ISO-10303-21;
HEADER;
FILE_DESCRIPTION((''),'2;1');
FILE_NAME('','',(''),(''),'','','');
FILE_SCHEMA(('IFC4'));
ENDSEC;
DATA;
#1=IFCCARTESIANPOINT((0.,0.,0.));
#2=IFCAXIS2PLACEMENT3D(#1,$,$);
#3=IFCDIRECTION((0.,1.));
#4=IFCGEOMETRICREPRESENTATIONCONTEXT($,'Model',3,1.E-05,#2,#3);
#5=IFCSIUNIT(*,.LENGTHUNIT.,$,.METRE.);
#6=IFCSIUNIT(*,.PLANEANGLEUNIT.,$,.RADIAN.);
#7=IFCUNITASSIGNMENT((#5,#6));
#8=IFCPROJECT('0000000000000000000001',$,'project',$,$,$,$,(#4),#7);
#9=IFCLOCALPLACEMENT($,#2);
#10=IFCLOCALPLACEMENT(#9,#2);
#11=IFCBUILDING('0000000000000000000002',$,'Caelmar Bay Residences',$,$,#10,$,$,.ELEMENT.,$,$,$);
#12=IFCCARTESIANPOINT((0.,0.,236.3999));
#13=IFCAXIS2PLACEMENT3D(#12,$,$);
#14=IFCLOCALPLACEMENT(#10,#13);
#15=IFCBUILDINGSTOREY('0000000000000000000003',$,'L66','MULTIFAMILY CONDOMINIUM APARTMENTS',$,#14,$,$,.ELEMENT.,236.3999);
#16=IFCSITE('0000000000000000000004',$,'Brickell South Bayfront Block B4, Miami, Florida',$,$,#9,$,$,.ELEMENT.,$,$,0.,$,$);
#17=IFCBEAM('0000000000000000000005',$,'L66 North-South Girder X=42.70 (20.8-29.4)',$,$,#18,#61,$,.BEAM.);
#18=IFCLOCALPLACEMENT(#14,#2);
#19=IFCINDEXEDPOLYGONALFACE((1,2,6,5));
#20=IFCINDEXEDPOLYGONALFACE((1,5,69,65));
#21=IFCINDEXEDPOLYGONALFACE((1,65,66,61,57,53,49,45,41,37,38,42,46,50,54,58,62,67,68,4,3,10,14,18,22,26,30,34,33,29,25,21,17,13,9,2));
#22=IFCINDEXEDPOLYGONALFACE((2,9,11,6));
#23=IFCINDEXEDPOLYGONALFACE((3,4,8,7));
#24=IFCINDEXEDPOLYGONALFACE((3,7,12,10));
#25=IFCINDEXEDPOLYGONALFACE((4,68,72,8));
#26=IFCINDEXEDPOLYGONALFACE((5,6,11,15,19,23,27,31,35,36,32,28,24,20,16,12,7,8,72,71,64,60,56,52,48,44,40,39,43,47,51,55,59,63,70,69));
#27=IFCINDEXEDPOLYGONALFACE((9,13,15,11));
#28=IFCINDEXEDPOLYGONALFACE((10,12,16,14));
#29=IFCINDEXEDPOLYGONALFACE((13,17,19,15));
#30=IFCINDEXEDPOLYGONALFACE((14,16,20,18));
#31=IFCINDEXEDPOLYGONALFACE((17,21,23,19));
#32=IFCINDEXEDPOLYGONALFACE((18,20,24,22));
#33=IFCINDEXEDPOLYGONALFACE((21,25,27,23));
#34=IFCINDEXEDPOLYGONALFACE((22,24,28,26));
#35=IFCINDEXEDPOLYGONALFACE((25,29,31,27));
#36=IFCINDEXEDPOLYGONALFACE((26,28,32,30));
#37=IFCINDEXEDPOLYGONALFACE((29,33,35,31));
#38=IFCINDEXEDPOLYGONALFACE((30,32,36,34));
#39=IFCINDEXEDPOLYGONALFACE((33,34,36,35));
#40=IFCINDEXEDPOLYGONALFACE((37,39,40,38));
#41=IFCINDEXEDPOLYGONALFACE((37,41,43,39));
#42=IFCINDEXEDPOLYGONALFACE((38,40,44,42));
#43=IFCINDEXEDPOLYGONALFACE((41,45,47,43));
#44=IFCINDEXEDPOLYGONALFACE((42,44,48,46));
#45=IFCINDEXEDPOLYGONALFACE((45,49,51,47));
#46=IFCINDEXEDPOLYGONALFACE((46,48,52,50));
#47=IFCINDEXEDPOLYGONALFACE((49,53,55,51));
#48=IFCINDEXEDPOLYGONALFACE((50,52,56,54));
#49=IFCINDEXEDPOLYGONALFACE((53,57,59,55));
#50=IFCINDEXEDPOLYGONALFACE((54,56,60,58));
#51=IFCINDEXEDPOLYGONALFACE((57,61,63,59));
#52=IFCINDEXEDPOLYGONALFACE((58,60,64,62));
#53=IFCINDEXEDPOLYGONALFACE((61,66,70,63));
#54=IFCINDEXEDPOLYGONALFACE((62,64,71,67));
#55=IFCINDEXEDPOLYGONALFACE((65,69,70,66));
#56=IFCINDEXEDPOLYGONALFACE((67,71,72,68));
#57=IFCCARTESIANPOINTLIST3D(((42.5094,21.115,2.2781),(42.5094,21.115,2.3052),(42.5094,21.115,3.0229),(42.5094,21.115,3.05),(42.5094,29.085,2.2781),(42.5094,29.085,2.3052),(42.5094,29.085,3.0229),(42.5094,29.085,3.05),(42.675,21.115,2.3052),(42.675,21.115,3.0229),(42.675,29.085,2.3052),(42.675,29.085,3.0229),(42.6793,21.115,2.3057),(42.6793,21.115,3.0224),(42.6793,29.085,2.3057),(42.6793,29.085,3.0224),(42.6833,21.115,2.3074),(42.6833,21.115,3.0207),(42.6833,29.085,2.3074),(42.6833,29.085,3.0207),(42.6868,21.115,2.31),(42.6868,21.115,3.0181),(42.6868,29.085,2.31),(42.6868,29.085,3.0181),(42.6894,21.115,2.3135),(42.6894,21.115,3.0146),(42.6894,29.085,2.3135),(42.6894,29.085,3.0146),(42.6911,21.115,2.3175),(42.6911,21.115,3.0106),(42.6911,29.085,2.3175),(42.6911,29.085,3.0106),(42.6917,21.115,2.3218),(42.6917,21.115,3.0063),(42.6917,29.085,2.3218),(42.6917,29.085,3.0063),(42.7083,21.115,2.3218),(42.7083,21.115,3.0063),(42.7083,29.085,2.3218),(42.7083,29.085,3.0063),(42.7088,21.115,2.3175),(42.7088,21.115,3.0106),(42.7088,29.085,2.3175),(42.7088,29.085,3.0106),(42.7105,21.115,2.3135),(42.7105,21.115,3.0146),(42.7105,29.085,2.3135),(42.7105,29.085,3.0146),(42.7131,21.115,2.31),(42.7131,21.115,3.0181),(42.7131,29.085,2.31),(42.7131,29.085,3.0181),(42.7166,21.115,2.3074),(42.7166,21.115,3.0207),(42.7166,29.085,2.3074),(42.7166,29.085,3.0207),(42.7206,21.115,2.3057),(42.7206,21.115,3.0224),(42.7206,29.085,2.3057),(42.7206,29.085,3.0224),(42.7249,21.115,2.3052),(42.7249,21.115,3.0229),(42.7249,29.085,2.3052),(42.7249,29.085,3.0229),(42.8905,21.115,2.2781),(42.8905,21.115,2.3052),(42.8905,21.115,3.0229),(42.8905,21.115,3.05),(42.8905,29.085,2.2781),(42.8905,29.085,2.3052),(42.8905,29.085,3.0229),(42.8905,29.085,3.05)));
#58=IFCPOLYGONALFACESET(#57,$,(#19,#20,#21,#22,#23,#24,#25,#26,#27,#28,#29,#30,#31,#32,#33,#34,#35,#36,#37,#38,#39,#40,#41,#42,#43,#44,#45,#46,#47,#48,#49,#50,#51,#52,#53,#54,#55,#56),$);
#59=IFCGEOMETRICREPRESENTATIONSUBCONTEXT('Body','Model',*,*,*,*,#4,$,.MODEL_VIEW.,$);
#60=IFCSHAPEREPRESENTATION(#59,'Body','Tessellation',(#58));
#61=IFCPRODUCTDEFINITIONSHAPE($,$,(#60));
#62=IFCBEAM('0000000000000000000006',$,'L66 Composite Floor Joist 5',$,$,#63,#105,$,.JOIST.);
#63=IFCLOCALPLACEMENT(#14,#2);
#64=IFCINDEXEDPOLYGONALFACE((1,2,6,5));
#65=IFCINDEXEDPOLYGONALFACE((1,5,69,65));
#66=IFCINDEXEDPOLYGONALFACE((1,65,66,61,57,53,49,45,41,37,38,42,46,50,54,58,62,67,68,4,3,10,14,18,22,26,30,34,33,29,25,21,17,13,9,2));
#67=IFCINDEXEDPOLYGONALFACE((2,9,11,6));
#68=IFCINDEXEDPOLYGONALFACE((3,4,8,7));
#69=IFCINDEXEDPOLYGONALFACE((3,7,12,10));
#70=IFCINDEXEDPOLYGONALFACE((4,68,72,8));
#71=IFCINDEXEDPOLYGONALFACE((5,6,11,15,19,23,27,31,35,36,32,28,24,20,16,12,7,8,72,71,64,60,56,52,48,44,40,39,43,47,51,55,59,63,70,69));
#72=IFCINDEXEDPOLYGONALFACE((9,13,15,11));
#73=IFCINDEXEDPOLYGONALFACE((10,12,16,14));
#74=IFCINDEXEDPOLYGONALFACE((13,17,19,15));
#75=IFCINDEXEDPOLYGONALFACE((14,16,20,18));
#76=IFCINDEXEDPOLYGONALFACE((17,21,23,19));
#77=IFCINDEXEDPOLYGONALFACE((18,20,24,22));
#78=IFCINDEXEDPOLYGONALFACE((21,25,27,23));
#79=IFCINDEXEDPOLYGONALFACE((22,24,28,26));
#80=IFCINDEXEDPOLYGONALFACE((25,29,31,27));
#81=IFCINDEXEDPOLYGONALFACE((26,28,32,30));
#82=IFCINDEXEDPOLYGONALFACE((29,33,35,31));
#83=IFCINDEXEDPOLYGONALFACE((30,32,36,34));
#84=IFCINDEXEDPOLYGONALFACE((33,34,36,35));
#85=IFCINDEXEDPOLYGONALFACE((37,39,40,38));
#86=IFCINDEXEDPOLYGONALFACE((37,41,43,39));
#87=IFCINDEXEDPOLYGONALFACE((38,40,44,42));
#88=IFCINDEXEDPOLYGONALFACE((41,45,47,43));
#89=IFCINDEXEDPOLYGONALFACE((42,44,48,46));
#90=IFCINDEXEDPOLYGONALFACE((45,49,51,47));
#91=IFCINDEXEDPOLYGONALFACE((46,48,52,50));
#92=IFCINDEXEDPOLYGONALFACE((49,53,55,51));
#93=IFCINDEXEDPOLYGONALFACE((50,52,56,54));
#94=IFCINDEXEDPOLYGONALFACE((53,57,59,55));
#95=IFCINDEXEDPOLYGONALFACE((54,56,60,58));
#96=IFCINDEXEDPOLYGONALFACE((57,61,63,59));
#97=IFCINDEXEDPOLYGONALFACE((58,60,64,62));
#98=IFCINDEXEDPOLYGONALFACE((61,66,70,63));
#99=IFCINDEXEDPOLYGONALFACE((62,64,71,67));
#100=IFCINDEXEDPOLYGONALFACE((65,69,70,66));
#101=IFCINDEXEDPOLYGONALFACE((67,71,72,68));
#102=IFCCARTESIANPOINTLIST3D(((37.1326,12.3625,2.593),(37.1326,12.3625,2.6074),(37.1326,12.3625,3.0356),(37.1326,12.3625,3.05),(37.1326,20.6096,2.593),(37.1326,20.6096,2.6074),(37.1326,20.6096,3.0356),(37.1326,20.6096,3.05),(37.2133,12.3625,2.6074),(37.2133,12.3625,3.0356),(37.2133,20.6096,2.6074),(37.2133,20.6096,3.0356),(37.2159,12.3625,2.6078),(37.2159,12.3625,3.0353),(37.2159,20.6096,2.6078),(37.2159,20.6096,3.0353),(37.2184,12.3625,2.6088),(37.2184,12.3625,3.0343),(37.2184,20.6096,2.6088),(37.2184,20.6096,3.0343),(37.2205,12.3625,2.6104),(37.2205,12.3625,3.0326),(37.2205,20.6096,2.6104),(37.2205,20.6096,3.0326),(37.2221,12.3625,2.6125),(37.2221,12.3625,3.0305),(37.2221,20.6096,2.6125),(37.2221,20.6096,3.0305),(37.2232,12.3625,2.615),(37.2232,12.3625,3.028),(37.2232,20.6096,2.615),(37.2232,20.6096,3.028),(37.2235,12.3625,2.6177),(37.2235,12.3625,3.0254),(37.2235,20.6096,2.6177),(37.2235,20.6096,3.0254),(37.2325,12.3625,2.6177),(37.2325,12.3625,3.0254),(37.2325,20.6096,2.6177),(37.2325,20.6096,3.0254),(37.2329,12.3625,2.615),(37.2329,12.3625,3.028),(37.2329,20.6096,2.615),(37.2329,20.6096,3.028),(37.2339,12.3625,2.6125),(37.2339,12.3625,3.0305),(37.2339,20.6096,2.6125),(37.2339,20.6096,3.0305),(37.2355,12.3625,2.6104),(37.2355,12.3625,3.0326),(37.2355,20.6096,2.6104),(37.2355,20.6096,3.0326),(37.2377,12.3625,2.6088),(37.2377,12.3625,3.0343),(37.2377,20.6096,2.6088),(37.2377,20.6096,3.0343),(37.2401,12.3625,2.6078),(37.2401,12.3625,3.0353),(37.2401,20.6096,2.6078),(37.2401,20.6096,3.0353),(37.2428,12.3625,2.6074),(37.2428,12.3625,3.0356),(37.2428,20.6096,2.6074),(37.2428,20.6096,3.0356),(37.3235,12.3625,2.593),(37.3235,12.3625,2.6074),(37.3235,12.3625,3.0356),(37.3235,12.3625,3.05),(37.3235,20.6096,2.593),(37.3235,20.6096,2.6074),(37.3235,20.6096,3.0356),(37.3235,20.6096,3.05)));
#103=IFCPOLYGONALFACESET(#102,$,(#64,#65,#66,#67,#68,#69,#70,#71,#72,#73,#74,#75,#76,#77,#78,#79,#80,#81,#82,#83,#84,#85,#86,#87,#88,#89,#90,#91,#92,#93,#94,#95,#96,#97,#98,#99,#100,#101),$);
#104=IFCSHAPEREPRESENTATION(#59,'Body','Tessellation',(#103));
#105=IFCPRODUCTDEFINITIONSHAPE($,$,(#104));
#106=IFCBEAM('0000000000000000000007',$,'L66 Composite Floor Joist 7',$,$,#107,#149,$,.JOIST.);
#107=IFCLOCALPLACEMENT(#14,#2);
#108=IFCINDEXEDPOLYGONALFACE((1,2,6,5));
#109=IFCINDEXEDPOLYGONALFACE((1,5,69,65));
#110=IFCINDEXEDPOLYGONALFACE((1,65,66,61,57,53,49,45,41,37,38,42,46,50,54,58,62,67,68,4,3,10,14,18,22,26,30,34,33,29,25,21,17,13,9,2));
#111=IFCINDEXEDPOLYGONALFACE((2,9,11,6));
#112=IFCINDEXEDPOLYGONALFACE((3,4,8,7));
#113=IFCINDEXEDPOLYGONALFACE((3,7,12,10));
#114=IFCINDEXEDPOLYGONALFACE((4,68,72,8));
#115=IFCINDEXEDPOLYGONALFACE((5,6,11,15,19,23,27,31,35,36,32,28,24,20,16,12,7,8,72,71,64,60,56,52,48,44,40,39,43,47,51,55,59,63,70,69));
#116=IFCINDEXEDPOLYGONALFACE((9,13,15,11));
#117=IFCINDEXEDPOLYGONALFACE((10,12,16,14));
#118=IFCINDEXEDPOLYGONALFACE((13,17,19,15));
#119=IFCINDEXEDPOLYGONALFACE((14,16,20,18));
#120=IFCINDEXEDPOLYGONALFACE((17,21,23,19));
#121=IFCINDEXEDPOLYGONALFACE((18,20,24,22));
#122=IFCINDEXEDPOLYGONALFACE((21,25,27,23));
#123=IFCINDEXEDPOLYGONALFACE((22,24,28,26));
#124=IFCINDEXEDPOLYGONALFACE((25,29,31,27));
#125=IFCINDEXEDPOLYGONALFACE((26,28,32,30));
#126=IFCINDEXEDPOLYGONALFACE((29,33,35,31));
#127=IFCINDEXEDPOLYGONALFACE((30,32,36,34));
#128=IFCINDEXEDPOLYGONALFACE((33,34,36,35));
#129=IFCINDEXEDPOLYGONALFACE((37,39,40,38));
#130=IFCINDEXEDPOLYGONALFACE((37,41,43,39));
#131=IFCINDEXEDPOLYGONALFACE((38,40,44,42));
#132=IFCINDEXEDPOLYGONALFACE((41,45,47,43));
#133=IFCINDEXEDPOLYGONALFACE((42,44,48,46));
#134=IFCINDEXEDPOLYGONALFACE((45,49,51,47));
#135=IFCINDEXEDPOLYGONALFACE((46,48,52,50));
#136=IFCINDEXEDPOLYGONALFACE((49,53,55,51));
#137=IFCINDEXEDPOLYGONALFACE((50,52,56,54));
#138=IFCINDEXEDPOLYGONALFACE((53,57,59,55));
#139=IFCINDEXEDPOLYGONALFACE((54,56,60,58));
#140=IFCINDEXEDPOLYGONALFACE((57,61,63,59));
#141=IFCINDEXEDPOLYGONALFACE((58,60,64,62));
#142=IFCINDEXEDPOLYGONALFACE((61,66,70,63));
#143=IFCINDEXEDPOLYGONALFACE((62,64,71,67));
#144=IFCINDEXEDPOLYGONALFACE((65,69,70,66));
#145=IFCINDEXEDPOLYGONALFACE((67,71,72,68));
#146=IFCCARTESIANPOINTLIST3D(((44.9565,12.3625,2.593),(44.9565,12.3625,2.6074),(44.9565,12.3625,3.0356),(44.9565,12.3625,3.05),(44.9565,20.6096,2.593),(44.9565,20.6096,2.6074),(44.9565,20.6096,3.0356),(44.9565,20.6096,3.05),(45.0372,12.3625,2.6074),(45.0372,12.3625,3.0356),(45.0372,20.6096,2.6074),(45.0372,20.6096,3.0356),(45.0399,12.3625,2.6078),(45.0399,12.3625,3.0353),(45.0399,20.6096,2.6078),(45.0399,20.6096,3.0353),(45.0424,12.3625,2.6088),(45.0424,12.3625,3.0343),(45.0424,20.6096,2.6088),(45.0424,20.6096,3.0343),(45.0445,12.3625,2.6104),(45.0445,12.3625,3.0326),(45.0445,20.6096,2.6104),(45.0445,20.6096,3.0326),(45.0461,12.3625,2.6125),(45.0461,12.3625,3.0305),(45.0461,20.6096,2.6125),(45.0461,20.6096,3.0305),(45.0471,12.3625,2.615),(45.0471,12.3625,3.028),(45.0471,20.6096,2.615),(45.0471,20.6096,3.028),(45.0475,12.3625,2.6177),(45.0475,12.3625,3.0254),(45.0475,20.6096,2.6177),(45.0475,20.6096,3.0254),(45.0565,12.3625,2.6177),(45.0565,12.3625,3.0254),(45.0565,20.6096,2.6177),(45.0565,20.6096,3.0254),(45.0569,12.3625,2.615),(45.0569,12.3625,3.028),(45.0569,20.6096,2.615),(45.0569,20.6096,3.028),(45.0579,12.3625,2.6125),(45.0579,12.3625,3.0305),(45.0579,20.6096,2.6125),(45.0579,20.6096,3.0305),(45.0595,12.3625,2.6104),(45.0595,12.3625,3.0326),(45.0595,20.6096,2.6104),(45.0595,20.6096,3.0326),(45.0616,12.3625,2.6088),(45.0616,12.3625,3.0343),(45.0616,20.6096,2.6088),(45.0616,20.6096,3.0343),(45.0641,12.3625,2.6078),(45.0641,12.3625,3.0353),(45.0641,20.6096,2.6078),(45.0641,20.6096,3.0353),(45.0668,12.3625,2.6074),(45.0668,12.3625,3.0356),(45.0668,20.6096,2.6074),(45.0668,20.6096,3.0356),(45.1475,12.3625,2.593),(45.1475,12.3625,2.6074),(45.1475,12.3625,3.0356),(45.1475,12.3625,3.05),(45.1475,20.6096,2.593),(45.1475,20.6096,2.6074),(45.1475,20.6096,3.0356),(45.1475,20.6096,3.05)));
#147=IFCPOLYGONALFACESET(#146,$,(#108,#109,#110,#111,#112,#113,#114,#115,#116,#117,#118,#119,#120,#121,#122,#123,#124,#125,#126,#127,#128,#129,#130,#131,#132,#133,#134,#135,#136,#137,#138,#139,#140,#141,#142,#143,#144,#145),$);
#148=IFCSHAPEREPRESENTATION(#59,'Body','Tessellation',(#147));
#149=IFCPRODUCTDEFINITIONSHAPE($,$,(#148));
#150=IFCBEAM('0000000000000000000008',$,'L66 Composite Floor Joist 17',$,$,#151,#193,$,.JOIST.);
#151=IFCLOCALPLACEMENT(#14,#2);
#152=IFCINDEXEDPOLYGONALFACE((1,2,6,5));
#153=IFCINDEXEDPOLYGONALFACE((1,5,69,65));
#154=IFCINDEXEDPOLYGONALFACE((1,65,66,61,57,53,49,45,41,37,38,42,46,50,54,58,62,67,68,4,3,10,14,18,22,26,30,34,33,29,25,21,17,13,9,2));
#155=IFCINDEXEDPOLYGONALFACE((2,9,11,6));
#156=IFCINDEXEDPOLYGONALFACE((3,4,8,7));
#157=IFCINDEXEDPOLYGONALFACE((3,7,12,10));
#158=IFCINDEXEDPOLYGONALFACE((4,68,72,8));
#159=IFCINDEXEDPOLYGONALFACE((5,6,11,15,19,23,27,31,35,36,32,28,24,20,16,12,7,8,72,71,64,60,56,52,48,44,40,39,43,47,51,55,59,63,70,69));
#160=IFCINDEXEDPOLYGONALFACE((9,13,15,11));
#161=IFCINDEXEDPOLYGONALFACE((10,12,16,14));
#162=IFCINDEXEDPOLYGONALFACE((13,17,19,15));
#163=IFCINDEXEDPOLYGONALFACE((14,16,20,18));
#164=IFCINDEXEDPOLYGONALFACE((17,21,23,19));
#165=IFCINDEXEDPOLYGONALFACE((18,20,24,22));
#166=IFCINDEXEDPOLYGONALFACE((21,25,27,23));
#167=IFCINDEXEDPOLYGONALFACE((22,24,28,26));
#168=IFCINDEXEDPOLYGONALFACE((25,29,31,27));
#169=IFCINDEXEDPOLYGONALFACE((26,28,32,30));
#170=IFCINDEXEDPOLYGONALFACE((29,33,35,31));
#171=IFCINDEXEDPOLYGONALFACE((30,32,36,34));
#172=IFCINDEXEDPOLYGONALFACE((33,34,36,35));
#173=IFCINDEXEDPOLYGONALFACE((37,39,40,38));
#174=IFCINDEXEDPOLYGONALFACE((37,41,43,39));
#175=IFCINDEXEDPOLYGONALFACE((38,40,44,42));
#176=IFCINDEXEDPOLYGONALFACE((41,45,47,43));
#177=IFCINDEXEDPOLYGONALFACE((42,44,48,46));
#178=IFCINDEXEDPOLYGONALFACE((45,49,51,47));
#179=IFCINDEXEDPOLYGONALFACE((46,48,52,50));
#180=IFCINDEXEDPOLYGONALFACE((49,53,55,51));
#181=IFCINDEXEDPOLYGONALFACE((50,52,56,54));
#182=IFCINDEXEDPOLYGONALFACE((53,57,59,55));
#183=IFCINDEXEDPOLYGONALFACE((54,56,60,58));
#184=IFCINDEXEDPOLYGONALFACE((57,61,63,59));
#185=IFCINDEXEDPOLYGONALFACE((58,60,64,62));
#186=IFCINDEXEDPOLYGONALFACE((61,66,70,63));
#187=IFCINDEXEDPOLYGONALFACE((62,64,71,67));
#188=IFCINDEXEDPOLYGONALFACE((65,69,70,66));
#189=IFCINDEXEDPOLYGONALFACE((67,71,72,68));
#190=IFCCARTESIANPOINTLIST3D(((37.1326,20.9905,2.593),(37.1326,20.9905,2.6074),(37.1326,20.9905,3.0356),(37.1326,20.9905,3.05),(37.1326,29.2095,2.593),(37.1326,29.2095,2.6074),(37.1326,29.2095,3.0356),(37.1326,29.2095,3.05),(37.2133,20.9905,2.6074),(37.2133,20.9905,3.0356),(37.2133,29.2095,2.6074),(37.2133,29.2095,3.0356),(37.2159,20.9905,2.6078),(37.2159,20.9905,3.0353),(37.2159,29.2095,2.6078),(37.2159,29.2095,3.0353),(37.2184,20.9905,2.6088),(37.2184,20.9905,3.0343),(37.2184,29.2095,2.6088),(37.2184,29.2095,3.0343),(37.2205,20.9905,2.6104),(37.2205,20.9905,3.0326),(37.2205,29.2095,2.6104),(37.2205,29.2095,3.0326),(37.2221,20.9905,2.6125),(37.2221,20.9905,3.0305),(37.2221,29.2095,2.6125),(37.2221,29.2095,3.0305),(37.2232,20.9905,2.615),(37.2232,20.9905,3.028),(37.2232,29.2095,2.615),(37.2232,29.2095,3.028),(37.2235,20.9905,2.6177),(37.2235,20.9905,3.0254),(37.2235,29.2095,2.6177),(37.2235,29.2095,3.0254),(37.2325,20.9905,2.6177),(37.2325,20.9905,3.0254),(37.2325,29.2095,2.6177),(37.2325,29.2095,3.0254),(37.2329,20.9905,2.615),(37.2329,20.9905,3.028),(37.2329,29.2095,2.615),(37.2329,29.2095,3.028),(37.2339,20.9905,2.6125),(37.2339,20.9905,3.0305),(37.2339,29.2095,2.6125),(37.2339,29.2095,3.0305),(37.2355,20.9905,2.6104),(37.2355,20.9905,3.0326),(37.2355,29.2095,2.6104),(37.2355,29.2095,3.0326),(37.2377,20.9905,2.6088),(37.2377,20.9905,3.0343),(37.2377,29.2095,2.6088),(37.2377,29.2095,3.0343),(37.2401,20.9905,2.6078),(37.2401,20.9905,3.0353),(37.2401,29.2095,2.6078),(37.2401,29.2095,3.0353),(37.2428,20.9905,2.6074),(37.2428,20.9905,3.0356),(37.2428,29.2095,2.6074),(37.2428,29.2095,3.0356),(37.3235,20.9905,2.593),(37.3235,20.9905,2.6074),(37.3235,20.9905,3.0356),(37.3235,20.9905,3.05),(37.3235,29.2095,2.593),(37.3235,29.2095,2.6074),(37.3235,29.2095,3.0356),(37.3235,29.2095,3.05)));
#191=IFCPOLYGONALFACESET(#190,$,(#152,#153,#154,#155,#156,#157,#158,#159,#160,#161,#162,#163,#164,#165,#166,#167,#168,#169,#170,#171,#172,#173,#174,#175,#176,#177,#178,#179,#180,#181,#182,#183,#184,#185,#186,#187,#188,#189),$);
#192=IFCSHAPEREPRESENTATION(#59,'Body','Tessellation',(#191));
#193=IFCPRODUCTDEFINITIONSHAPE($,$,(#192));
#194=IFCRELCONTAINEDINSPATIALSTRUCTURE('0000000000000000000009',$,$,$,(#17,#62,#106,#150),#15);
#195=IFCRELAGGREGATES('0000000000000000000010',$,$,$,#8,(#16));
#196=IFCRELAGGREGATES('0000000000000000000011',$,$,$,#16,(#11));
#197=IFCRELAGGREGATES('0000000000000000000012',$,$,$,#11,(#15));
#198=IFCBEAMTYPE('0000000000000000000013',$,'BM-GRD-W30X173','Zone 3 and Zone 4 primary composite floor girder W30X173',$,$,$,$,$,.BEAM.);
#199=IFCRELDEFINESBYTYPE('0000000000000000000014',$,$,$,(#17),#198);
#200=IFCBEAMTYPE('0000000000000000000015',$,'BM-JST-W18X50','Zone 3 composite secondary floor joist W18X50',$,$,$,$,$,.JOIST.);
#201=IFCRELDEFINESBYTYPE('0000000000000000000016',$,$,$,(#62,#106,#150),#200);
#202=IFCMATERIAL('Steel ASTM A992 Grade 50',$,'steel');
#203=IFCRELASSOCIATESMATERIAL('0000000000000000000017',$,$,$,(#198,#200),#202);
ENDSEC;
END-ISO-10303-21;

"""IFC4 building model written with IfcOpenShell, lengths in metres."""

from ifc_helpers import new_model, si_unit, direction, frame, origin, origin_2d, place, context, subcontext, project, spatial, i_section, extrude, material, material_profile, profile_set, type_object, element, save


model = new_model("IFC4")

# Units and contexts
model_context = context("Model", 3, precision=1e-05, world=origin(), true_north=direction((0.0, 1.0)))
body_context = subcontext(model_context, "Body", "Model", "MODEL_VIEW")
ifc_project = project(units=[si_unit("LENGTHUNIT", "METRE"), si_unit("PLANEANGLEUNIT", "RADIAN")], contexts=[model_context])

# Site, building, storey
site_placement = place(None, origin())
site = spatial("IfcSite", under=ifc_project, at=site_placement, Name="Brickell South Bayfront Block B4, Miami, Florida", CompositionType="ELEMENT", RefElevation=0.0)
building_placement = place(site_placement, origin())
building = spatial("IfcBuilding", under=site, at=building_placement, Name="Caelmar Bay Residences", CompositionType="ELEMENT")
storey_placement = place(building_placement, frame((0.0, 0.0, 236.3999)))
storey = spatial("IfcBuildingStorey", under=building, at=storey_placement, Name="L66", Description="MULTIFAMILY CONDOMINIUM APARTMENTS", CompositionType="ELEMENT", Elevation=236.3999)

# Beams
ifc_material_1 = material(Name="Steel ASTM A992 Grade 50", Category="steel")
ifc_material_profile_1 = material_profile(ifc_material_1, i_section(OverallWidth=0.3811, OverallDepth=0.772, WebThickness=0.0166, FlangeThickness=0.0271, FilletRadius=0.0166, at=origin_2d()), Name="W30X173")
ifc_profile_set_1 = profile_set([ifc_material_profile_1], Name="Steel ASTM A992 Grade 50")
beam_type_1 = type_object("IfcBeamType", Name="BM-GRD-W30X173", Description="Zone 3 and Zone 4 primary composite floor girder W30X173", PredefinedType="BEAM", material=ifc_profile_set_1)
beam_1_placement = place(storey_placement, frame((42.7, 21.115, 2.6641), z_axis=(0.0, 1.0, 0.0), x_axis=(-1.0, 0.0, 0.0)))
element("IfcBeam", 1, at=beam_1_placement, inside=storey, type_object=beam_type_1, Name="L66 North-South Girder X=42.70 (20.8-29.4)", PredefinedType="BEAM", context=body_context, shape_type="SweptSolid", body=[
    extrude(i_section(OverallWidth=0.3811, OverallDepth=0.772, WebThickness=0.0166, FlangeThickness=0.0271, FilletRadius=0.0166, at=origin_2d()), origin(), (0.0, 0.0, 1.0), 7.97),
])
ifc_material_profile_2 = material_profile(ifc_material_1, i_section(OverallWidth=0.1909, OverallDepth=0.457, WebThickness=0.009, FlangeThickness=0.0144, FilletRadius=0.0103, at=origin_2d()), Name="W18X50")
ifc_profile_set_2 = profile_set([ifc_material_profile_2], Name="Steel ASTM A992 Grade 50")
beam_type_2 = type_object("IfcBeamType", Name="BM-JST-W18X50", Description="Zone 3 composite secondary floor joist W18X50", PredefinedType="JOIST", material=ifc_profile_set_2)
for number, where, z_axis, x_axis, name in (
    (2, (37.228, 12.3625, 2.8215), (0.0, 1.0, 0.0), (-1.0, 0.0, 0.0), "L66 Composite Floor Joist 5"),
    (3, (45.052, 12.3625, 2.8215), (0.0, 1.0, 0.0), (-1.0, 0.0, 0.0), "L66 Composite Floor Joist 7"),
):
    element("IfcBeam", number, at=place(storey_placement, frame(where, z_axis=z_axis, x_axis=x_axis)), inside=storey, type_object=beam_type_2, Name=name, PredefinedType="JOIST", context=body_context, shape_type="SweptSolid", body=[
        extrude(i_section(OverallWidth=0.1909, OverallDepth=0.457, WebThickness=0.009, FlangeThickness=0.0144, FilletRadius=0.0103, at=origin_2d()), origin(), (0.0, 0.0, 1.0), 8.2471),
    ])
for number, where, z_axis, x_axis, name in (
    (4, (37.228, 20.9905, 2.8215), (0.0, 1.0, 0.0), (-1.0, 0.0, 0.0), "L66 Composite Floor Joist 17"),
):
    element("IfcBeam", number, at=place(storey_placement, frame(where, z_axis=z_axis, x_axis=x_axis)), inside=storey, type_object=beam_type_2, Name=name, PredefinedType="JOIST", context=body_context, shape_type="SweptSolid", body=[
        extrude(i_section(OverallWidth=0.1909, OverallDepth=0.457, WebThickness=0.009, FlangeThickness=0.0144, FilletRadius=0.0103, at=origin_2d()), origin(), (0.0, 0.0, 1.0), 8.219),
    ])

save(model, "model.ifc")
